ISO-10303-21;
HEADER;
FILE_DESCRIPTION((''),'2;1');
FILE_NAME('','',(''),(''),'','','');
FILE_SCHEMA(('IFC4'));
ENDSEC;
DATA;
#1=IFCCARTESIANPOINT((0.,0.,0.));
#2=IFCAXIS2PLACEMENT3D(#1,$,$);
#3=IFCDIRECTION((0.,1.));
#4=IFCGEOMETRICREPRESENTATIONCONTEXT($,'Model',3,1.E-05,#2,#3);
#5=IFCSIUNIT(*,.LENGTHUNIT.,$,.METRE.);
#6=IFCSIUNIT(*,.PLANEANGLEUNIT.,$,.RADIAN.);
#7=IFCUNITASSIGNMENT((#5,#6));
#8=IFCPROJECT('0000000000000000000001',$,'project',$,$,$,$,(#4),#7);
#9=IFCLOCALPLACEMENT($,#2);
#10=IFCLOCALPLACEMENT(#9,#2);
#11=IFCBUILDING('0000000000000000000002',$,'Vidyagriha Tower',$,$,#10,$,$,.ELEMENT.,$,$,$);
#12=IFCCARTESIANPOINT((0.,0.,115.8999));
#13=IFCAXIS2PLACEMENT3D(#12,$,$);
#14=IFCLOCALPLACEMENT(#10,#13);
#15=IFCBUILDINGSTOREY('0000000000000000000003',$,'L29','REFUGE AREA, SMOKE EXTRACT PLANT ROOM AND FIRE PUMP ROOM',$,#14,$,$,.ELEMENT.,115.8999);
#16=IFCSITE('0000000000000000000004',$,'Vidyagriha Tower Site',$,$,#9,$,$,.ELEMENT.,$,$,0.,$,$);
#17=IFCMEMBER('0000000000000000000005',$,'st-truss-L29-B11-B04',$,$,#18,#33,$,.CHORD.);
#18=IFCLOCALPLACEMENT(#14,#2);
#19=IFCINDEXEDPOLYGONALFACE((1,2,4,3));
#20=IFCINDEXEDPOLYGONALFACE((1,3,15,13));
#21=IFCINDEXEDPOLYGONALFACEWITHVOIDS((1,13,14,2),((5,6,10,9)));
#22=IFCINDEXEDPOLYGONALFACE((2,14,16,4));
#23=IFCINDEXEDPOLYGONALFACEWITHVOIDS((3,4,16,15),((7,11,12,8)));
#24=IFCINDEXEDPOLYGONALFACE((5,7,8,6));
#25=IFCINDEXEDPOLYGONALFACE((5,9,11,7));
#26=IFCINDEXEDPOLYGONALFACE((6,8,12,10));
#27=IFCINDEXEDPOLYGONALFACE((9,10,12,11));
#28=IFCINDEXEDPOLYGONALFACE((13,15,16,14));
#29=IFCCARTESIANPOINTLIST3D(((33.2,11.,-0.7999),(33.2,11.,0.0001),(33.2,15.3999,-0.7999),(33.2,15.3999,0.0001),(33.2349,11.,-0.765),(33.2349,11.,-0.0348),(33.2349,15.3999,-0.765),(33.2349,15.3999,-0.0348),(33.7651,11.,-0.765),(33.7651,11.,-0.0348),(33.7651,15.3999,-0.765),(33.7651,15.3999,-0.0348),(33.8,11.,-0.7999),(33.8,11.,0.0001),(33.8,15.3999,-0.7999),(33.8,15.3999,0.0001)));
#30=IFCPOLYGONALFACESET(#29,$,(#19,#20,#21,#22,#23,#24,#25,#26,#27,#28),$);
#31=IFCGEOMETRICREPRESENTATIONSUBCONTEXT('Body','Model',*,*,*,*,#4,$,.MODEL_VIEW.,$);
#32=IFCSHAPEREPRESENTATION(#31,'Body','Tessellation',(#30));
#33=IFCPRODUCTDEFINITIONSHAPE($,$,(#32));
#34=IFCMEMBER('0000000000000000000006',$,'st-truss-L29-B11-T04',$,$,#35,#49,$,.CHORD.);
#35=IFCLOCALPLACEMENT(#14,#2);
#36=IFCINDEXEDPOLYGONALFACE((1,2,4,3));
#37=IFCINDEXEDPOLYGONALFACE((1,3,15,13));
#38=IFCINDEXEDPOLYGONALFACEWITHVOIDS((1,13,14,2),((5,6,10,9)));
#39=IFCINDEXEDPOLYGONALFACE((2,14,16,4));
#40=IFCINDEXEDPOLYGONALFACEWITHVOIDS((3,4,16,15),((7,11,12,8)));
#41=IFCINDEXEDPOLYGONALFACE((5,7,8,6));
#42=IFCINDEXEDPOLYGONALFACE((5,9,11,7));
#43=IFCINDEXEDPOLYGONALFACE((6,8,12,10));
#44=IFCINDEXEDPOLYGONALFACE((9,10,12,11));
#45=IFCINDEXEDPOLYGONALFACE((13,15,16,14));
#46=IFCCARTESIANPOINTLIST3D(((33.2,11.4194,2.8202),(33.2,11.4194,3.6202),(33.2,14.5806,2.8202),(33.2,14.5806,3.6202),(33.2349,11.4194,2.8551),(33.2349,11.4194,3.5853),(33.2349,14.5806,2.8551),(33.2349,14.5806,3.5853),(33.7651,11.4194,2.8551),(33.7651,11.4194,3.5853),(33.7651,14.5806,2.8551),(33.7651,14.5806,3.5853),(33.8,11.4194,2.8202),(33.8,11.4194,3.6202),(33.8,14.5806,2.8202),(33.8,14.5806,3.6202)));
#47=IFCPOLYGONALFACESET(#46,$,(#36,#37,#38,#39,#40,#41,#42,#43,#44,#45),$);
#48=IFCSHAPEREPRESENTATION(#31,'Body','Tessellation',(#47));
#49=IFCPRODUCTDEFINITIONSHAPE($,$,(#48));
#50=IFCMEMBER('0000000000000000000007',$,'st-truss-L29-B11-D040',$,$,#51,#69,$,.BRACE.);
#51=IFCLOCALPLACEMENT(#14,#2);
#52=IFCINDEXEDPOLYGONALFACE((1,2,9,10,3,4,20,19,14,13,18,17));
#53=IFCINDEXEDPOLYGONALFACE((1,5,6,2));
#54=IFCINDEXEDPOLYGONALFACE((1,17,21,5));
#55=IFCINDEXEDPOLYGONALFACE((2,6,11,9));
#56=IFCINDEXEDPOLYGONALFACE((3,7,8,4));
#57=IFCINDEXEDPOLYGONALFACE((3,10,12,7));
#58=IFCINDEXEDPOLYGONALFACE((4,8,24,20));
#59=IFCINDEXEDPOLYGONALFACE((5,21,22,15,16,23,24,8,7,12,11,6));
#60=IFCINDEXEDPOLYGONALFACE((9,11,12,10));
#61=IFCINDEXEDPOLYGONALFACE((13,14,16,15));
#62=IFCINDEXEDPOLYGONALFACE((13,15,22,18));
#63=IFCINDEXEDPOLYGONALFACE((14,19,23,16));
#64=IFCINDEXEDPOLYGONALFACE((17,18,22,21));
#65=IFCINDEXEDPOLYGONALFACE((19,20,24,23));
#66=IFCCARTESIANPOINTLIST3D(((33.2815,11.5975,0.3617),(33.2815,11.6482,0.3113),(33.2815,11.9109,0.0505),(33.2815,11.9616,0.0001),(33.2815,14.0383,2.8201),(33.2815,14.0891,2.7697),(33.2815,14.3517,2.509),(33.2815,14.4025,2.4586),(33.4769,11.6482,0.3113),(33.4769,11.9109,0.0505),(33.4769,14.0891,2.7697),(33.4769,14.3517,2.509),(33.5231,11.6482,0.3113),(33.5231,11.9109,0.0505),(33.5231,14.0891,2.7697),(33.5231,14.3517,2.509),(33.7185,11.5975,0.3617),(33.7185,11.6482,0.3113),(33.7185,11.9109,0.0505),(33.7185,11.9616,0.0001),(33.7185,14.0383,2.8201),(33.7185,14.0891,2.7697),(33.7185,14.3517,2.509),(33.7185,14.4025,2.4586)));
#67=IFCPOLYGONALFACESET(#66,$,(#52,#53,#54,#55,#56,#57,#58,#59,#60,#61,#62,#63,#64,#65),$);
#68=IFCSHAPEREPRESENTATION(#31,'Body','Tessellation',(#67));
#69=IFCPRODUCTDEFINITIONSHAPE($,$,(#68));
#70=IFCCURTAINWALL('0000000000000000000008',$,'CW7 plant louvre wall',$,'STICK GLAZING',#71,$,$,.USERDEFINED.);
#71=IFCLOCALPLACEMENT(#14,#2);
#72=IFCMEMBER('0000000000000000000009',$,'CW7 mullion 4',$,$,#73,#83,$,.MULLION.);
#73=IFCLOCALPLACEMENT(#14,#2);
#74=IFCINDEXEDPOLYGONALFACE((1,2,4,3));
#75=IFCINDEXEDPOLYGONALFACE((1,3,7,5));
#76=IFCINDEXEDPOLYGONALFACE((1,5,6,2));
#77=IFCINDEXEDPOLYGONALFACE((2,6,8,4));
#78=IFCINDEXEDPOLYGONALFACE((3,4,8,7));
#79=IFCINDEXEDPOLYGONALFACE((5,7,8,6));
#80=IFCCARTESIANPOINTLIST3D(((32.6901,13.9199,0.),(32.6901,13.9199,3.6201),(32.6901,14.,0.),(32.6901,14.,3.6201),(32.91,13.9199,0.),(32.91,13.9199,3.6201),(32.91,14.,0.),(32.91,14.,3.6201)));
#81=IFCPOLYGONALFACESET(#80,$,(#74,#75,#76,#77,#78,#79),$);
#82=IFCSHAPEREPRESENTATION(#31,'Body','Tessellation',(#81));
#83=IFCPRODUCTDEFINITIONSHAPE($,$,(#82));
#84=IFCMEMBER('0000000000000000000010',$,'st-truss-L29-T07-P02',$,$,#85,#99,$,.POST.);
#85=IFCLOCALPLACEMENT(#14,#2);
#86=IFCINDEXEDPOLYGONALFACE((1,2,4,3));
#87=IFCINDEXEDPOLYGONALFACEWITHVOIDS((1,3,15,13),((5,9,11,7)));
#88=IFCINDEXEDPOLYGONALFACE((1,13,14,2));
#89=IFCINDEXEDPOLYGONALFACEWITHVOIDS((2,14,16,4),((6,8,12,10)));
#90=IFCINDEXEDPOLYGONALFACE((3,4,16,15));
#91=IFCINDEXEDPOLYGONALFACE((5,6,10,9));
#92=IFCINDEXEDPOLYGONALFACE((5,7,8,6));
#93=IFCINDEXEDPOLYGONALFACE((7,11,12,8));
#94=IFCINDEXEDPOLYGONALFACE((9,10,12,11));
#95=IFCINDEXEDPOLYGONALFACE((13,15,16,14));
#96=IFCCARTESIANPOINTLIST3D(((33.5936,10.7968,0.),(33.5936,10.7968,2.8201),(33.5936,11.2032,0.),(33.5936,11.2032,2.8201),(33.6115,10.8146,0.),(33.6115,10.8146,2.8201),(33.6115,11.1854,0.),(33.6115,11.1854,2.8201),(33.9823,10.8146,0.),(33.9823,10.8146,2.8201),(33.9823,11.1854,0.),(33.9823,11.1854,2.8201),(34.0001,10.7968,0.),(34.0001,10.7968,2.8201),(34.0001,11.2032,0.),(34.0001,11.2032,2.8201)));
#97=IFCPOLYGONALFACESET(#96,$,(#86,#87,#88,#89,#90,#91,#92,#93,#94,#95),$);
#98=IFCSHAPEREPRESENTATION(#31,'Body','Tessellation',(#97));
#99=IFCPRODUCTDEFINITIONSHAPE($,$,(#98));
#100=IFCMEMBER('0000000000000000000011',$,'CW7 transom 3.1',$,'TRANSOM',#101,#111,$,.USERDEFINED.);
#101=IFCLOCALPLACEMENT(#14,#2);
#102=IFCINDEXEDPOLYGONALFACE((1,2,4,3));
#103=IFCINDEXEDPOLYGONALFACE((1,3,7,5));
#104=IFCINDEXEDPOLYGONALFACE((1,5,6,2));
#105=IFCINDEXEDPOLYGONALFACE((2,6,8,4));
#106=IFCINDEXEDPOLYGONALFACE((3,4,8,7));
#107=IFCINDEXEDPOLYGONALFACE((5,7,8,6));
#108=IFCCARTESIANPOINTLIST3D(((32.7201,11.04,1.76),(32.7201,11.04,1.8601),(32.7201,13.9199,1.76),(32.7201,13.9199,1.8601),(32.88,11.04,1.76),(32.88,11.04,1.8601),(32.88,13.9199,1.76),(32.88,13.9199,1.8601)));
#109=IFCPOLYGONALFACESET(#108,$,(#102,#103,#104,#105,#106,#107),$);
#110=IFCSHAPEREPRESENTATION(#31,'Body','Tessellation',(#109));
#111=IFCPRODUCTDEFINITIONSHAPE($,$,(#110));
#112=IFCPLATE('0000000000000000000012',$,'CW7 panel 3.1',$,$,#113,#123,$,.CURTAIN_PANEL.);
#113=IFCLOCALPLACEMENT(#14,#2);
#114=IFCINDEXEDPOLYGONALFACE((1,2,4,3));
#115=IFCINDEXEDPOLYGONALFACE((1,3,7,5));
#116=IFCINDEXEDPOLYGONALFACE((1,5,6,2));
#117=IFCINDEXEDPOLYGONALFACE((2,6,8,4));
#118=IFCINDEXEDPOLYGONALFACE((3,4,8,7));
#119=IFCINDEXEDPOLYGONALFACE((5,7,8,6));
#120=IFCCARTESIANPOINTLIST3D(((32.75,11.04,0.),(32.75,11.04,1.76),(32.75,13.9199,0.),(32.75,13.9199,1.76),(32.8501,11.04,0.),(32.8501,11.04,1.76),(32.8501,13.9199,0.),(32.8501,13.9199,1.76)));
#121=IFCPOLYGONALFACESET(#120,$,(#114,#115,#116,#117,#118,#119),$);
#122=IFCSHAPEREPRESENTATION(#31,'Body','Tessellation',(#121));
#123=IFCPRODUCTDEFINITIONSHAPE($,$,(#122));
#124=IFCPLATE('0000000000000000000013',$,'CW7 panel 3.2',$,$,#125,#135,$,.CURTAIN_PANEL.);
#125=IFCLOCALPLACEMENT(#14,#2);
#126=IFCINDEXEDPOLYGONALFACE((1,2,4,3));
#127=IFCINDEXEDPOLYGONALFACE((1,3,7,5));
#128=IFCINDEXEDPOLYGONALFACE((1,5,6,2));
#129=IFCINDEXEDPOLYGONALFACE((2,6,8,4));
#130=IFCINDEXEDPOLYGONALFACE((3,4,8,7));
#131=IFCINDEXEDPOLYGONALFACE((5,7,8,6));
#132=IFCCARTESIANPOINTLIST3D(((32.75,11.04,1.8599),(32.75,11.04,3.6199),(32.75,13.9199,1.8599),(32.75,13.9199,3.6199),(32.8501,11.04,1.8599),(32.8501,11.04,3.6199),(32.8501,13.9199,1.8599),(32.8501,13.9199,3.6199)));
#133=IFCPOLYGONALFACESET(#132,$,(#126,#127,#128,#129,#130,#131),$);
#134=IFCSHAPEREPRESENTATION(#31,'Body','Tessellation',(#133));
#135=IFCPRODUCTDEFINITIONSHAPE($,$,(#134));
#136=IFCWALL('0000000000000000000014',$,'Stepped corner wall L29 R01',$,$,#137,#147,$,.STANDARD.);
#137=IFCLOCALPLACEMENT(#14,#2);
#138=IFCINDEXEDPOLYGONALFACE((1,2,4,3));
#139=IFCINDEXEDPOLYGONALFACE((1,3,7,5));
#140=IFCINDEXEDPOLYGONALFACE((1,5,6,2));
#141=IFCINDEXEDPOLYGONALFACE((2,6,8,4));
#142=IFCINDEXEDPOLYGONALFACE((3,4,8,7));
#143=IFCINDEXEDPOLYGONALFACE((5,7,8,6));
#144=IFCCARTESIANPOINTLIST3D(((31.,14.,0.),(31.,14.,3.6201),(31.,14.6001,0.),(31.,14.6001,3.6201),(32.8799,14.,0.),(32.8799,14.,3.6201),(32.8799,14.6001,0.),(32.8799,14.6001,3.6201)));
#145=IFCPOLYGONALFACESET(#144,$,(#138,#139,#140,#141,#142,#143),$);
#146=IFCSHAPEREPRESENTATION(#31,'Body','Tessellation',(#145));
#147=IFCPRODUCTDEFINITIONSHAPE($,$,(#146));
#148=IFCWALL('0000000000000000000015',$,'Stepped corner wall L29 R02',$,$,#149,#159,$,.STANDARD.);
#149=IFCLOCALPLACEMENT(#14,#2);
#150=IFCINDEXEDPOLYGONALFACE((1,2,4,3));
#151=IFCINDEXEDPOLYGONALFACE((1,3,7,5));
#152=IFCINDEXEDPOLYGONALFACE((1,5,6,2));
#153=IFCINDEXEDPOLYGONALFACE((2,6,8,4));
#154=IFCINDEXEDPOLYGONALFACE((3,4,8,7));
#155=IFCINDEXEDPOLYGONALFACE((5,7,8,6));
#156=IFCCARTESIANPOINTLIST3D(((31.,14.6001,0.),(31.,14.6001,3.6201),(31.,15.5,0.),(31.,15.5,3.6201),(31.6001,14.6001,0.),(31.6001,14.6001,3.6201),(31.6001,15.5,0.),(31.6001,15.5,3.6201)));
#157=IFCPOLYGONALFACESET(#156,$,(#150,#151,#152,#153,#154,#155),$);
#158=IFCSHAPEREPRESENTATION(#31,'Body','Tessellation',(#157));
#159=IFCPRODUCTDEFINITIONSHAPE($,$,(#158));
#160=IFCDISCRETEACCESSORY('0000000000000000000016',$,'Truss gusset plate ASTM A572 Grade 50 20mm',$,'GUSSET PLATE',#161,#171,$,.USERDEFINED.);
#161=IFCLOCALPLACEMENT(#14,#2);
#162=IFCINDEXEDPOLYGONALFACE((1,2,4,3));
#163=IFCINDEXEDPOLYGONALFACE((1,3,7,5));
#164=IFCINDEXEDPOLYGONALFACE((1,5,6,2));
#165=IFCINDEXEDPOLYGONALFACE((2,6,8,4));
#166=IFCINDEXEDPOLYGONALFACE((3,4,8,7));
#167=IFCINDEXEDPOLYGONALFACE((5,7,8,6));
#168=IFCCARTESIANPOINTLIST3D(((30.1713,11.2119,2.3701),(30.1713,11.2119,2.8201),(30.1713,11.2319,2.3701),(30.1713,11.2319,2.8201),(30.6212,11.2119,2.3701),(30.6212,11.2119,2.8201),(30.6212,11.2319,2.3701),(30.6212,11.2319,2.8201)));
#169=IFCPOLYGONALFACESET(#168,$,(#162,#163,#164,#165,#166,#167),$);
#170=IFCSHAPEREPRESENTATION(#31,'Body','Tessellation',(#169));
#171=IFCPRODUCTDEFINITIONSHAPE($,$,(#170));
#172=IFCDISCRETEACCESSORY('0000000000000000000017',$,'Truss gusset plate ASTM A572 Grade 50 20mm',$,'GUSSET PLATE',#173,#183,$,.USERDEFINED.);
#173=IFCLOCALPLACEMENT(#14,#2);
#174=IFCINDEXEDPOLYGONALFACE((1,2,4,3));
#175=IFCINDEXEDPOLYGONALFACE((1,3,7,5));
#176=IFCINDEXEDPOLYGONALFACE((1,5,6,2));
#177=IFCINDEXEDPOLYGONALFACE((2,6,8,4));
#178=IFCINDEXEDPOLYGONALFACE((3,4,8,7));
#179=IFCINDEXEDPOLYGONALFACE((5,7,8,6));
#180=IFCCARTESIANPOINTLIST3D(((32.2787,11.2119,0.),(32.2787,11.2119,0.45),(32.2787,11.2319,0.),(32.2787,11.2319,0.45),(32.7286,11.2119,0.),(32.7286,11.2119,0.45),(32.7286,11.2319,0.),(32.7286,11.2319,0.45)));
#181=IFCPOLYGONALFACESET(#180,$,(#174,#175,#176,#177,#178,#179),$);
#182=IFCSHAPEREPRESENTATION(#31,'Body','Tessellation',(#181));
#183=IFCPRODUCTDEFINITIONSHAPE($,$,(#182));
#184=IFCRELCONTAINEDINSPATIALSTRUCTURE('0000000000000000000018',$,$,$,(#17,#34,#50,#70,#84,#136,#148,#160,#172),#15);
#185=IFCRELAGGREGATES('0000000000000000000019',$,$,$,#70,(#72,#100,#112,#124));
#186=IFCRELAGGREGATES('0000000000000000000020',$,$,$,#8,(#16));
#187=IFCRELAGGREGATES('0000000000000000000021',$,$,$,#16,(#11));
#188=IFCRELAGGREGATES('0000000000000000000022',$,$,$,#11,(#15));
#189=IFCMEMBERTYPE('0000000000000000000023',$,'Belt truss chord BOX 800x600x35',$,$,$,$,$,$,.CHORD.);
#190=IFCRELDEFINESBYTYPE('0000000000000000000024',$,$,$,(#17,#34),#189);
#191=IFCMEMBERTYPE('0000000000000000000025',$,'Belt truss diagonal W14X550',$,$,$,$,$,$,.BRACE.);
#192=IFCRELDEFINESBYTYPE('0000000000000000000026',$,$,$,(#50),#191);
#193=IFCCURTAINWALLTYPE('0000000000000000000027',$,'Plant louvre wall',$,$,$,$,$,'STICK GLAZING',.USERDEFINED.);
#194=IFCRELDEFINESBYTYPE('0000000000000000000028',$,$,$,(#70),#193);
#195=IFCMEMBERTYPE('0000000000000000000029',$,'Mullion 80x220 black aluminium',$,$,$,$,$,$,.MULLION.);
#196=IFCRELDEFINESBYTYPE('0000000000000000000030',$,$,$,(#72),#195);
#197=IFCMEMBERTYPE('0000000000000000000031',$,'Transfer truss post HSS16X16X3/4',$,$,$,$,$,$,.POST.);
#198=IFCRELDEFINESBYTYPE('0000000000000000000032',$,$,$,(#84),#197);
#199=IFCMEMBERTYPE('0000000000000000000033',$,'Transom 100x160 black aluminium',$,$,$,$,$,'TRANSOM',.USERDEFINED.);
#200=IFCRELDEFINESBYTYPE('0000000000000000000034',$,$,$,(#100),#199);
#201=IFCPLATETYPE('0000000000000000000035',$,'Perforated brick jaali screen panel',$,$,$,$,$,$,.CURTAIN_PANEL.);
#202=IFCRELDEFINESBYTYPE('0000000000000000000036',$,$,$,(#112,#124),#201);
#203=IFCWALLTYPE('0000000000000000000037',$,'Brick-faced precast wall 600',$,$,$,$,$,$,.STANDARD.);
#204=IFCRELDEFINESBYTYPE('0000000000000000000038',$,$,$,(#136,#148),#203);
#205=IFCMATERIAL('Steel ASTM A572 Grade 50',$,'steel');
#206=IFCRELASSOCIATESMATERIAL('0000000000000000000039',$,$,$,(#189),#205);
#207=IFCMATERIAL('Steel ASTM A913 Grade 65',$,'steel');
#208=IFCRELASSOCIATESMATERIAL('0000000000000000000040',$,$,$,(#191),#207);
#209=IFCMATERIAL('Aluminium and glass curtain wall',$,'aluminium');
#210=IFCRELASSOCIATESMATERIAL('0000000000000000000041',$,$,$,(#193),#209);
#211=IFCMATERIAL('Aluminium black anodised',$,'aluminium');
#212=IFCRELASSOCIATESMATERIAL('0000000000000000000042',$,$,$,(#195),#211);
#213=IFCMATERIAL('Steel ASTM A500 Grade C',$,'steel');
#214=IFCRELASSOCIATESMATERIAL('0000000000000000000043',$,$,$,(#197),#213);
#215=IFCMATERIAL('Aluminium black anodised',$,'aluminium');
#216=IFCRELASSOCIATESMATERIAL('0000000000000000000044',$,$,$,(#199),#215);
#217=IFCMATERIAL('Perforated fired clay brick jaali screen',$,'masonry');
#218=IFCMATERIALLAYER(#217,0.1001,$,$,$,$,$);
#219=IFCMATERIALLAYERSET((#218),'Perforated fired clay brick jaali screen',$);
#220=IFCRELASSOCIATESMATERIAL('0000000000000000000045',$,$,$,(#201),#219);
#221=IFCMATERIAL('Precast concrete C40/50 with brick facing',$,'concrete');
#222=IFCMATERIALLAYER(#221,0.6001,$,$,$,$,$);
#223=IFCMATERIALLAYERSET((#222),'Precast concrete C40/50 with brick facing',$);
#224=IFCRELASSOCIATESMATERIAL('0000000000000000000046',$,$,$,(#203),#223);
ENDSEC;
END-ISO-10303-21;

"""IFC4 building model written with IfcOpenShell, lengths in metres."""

from ifc_helpers import new_model, si_unit, direction, frame, frame_2d, origin, origin_2d, place, context, subcontext, project, spatial, rectangle, hollow_rectangle, i_section, extrude, material, layer, layer_set, material_profile, profile_set, type_object, element, aggregate, save


model = new_model("IFC4")

# Units and contexts
model_context = context("Model", 3, precision=1e-05, world=origin(), true_north=direction((0.0, 1.0)))
body_context = subcontext(model_context, "Body", "Model", "MODEL_VIEW")
ifc_project = project(units=[si_unit("LENGTHUNIT", "METRE"), si_unit("PLANEANGLEUNIT", "RADIAN")], contexts=[model_context])

# Site, building, storey
site_placement = place(None, origin())
site = spatial("IfcSite", under=ifc_project, at=site_placement, Name="Vidyagriha Tower Site", CompositionType="ELEMENT", RefElevation=0.0)
building_placement = place(site_placement, origin())
building = spatial("IfcBuilding", under=site, at=building_placement, Name="Vidyagriha Tower", CompositionType="ELEMENT")
storey_placement = place(building_placement, frame((0.0, 0.0, 115.8999)))
storey = spatial("IfcBuildingStorey", under=building, at=storey_placement, Name="L29", Description="REFUGE AREA, SMOKE EXTRACT PLANT ROOM AND FIRE PUMP ROOM", CompositionType="ELEMENT", Elevation=115.8999)

# Members
ifc_material_1 = material(Name="Steel ASTM A572 Grade 50", Category="steel")
ifc_material_profile_1 = material_profile(ifc_material_1, hollow_rectangle(XDim=0.6001, YDim=0.8, WallThickness=0.0349, at=origin_2d()), Name="BOX 800x600x35")
ifc_profile_set_1 = profile_set([ifc_material_profile_1], Name="Steel ASTM A572 Grade 50")
member_type_1 = type_object("IfcMemberType", Name="Belt truss chord BOX 800x600x35", PredefinedType="CHORD", material=ifc_profile_set_1)
member_1_placement = place(storey_placement, frame((33.5, 11.0, -0.3999), z_axis=(0.0, 1.0, 0.0), x_axis=(-1.0, 0.0, 0.0)))
element("IfcMember", 1, at=member_1_placement, inside=storey, type_object=member_type_1, Name="st-truss-L29-B11-B04", PredefinedType="CHORD", context=body_context, shape_type="SweptSolid", body=[
    extrude(hollow_rectangle(XDim=0.6001, YDim=0.8, WallThickness=0.0349, at=origin_2d()), origin(), (0.0, 0.0, 1.0), 4.3999),
])
member_2_placement = place(storey_placement, frame((33.5, 11.4194, 3.2202), z_axis=(0.0, 1.0, 0.0), x_axis=(-1.0, 0.0, 0.0)))
element("IfcMember", 2, at=member_2_placement, inside=storey, type_object=member_type_1, Name="st-truss-L29-B11-T04", PredefinedType="CHORD", context=body_context, shape_type="SweptSolid", body=[
    extrude(hollow_rectangle(XDim=0.6001, YDim=0.8, WallThickness=0.0349, at=origin_2d()), origin(), (0.0, 0.0, 1.0), 3.1611),
])
ifc_material_2 = material(Name="Steel ASTM A913 Grade 65", Category="steel")
ifc_material_profile_2 = material_profile(ifc_material_2, i_section(OverallWidth=0.437, OverallDepth=0.5132, WebThickness=0.0461, FlangeThickness=0.0715, at=origin_2d()), Name="W14X550")
ifc_profile_set_2 = profile_set([ifc_material_profile_2], Name="Steel ASTM A913 Grade 65")
member_type_2 = type_object("IfcMemberType", Name="Belt truss diagonal W14X550", PredefinedType="BRACE", material=ifc_profile_set_2)
member_3_placement = place(storey_placement, frame((33.5, 11.7795, 0.1809), z_axis=(0.0, 0.704565, 0.709639), x_axis=(-1.0, 0.0, 0.0)))
element("IfcMember", 3, at=member_3_placement, inside=storey, type_object=member_type_2, Name="st-truss-L29-B11-D040", PredefinedType="BRACE", context=body_context, shape_type="SweptSolid", body=[
    extrude(i_section(OverallWidth=0.437, OverallDepth=0.5132, WebThickness=0.0461, FlangeThickness=0.0715, at=origin_2d()), origin(), (0.0, 0.0, 1.0), 3.4644),
])

# Curtain wall, member
ifc_material_3 = material(Name="Aluminium and glass curtain wall", Category="aluminium")
curtain_wall_type = type_object("IfcCurtainWallType", Name="Plant louvre wall", ElementType="STICK GLAZING", PredefinedType="USERDEFINED", material=ifc_material_3)
curtain_wall_placement = place(storey_placement, origin())
curtain_wall = element("IfcCurtainWall", 4, at=curtain_wall_placement, inside=storey, type_object=curtain_wall_type, Name="CW7 plant louvre wall", ObjectType="STICK GLAZING", PredefinedType="USERDEFINED")
ifc_material_4 = material(Name="Aluminium black anodised", Category="aluminium")
ifc_material_profile_3 = material_profile(ifc_material_4, rectangle(XDim=0.22, YDim=0.0801, at=origin_2d()), Name="Mullion 80x220 black aluminium")
ifc_profile_set_3 = profile_set([ifc_material_profile_3], Name="Aluminium black anodised")
member_type_3 = type_object("IfcMemberType", Name="Mullion 80x220 black aluminium", PredefinedType="MULLION", material=ifc_profile_set_3)
member_4_placement = place(storey_placement, frame((32.8, 13.96, 0.0), z_axis=(0.0, 0.0, 1.0), x_axis=(-1.0, 0.0, 0.0)))
member_4 = element("IfcMember", 5, at=member_4_placement, type_object=member_type_3, Name="CW7 mullion 4", PredefinedType="MULLION", context=body_context, shape_type="SweptSolid", body=[
    extrude(rectangle(XDim=0.22, YDim=0.0801, at=origin_2d()), origin(), (0.0, 0.0, 1.0), 3.6201),
])

# Members
ifc_material_5 = material(Name="Steel ASTM A500 Grade C", Category="steel")
ifc_material_profile_4 = material_profile(ifc_material_5, hollow_rectangle(XDim=0.4065, YDim=0.4065, WallThickness=0.0178, at=origin_2d()), Name="HSS16X16X3/4")
ifc_profile_set_4 = profile_set([ifc_material_profile_4], Name="Steel ASTM A500 Grade C")
member_type_4 = type_object("IfcMemberType", Name="Transfer truss post HSS16X16X3/4", PredefinedType="POST", material=ifc_profile_set_4)
member_5_placement = place(storey_placement, frame((33.7969, 11.0, 0.0)))
element("IfcMember", 6, at=member_5_placement, inside=storey, type_object=member_type_4, Name="st-truss-L29-T07-P02", PredefinedType="POST", context=body_context, shape_type="SweptSolid", body=[
    extrude(hollow_rectangle(XDim=0.4065, YDim=0.4065, WallThickness=0.0178, at=origin_2d()), origin(), (0.0, 0.0, 1.0), 2.8201),
])
ifc_material_6 = material(Name="Aluminium black anodised", Category="aluminium")
ifc_material_profile_5 = material_profile(ifc_material_6, rectangle(XDim=0.1599, YDim=0.1001, at=origin_2d()), Name="Transom 100x160 black aluminium")
ifc_profile_set_5 = profile_set([ifc_material_profile_5], Name="Aluminium black anodised")
member_type_5 = type_object("IfcMemberType", Name="Transom 100x160 black aluminium", ElementType="TRANSOM", PredefinedType="USERDEFINED", material=ifc_profile_set_5)
member_6_placement = place(storey_placement, frame((32.8, 11.04, 1.8101), z_axis=(0.0, 1.0, 0.0), x_axis=(-1.0, 0.0, 0.0)))
member_6 = element("IfcMember", 7, at=member_6_placement, type_object=member_type_5, Name="CW7 transom 3.1", ObjectType="TRANSOM", PredefinedType="USERDEFINED", context=body_context, shape_type="SweptSolid", body=[
    extrude(rectangle(XDim=0.1599, YDim=0.1001, at=origin_2d()), origin(), (0.0, 0.0, 1.0), 2.8799),
])

# Plates
ifc_material_7 = material(Name="Perforated fired clay brick jaali screen", Category="masonry")
ifc_layer_1 = layer(ifc_material_7, 0.1001)
ifc_layer_set_1 = layer_set([ifc_layer_1], Name="Perforated fired clay brick jaali screen")
plate_type = type_object("IfcPlateType", Name="Perforated brick jaali screen panel", PredefinedType="CURTAIN_PANEL", material=ifc_layer_set_1)
plate_1_placement = place(storey_placement, frame((32.8, 12.48, 0.0), z_axis=(0.0, 0.0, 1.0), x_axis=(0.0, 1.0, 0.0)))
plate_1 = element("IfcPlate", 8, at=plate_1_placement, type_object=plate_type, Name="CW7 panel 3.1", PredefinedType="CURTAIN_PANEL", context=body_context, shape_type="SweptSolid", body=[
    extrude(rectangle(XDim=2.8799, YDim=0.1001, at=origin_2d()), origin(), (0.0, 0.0, 1.0), 1.76),
])
plate_2_placement = place(storey_placement, frame((32.8, 12.48, 1.8599), z_axis=(0.0, 0.0, 1.0), x_axis=(0.0, 1.0, 0.0)))
plate_2 = element("IfcPlate", 9, at=plate_2_placement, type_object=plate_type, Name="CW7 panel 3.2", PredefinedType="CURTAIN_PANEL", context=body_context, shape_type="SweptSolid", body=[
    extrude(rectangle(XDim=2.8799, YDim=0.1001, at=origin_2d()), origin(), (0.0, 0.0, 1.0), 1.76),
])
aggregate(curtain_wall, [member_4, member_6, plate_1, plate_2])

# Walls
ifc_material_8 = material(Name="Precast concrete C40/50 with brick facing", Category="concrete")
ifc_layer_2 = layer(ifc_material_8, 0.6001)
ifc_layer_set_2 = layer_set([ifc_layer_2], Name="Precast concrete C40/50 with brick facing")
wall_type = type_object("IfcWallType", Name="Brick-faced precast wall 600", PredefinedType="STANDARD", material=ifc_layer_set_2)
wall_1_placement = place(storey_placement, frame((32.8799, 14.3, 0.0), z_axis=(0.0, 0.0, 1.0), x_axis=(-1.0, 0.0, 0.0)))
element("IfcWall", 10, at=wall_1_placement, inside=storey, type_object=wall_type, Name="Stepped corner wall L29 R01", PredefinedType="STANDARD", context=body_context, shape_type="SweptSolid", body=[
    extrude(rectangle(XDim=1.8799, YDim=0.6001, at=frame_2d((0.9399, 0.0))), origin(), (0.0, 0.0, 1.0), 3.6201),
])
wall_2_placement = place(storey_placement, frame((31.3, 14.6001, 0.0), z_axis=(0.0, 0.0, 1.0), x_axis=(0.0, 1.0, 0.0)))
element("IfcWall", 11, at=wall_2_placement, inside=storey, type_object=wall_type, Name="Stepped corner wall L29 R02", PredefinedType="STANDARD", context=body_context, shape_type="SweptSolid", body=[
    extrude(rectangle(XDim=0.8999, YDim=0.6001, at=frame_2d((0.45, 0.0))), origin(), (0.0, 0.0, 1.0), 3.6201),
])

# Discrete accessories
for number, where, name in (
    (12, (30.3962, 11.2219, 2.3701), "Truss gusset plate ASTM A572 Grade 50 20mm"),
    (13, (32.5037, 11.2219, 0.0), "Truss gusset plate ASTM A572 Grade 50 20mm"),
):
    element("IfcDiscreteAccessory", number, at=place(storey_placement, frame(where)), inside=storey, Name=name, ObjectType="GUSSET PLATE", PredefinedType="USERDEFINED", context=body_context, shape_type="SweptSolid", body=[
        extrude(rectangle(XDim=0.45, YDim=0.02, at=origin_2d()), origin(), (0.0, 0.0, 1.0), 0.45),
    ])

save(model, "model.ifc")
